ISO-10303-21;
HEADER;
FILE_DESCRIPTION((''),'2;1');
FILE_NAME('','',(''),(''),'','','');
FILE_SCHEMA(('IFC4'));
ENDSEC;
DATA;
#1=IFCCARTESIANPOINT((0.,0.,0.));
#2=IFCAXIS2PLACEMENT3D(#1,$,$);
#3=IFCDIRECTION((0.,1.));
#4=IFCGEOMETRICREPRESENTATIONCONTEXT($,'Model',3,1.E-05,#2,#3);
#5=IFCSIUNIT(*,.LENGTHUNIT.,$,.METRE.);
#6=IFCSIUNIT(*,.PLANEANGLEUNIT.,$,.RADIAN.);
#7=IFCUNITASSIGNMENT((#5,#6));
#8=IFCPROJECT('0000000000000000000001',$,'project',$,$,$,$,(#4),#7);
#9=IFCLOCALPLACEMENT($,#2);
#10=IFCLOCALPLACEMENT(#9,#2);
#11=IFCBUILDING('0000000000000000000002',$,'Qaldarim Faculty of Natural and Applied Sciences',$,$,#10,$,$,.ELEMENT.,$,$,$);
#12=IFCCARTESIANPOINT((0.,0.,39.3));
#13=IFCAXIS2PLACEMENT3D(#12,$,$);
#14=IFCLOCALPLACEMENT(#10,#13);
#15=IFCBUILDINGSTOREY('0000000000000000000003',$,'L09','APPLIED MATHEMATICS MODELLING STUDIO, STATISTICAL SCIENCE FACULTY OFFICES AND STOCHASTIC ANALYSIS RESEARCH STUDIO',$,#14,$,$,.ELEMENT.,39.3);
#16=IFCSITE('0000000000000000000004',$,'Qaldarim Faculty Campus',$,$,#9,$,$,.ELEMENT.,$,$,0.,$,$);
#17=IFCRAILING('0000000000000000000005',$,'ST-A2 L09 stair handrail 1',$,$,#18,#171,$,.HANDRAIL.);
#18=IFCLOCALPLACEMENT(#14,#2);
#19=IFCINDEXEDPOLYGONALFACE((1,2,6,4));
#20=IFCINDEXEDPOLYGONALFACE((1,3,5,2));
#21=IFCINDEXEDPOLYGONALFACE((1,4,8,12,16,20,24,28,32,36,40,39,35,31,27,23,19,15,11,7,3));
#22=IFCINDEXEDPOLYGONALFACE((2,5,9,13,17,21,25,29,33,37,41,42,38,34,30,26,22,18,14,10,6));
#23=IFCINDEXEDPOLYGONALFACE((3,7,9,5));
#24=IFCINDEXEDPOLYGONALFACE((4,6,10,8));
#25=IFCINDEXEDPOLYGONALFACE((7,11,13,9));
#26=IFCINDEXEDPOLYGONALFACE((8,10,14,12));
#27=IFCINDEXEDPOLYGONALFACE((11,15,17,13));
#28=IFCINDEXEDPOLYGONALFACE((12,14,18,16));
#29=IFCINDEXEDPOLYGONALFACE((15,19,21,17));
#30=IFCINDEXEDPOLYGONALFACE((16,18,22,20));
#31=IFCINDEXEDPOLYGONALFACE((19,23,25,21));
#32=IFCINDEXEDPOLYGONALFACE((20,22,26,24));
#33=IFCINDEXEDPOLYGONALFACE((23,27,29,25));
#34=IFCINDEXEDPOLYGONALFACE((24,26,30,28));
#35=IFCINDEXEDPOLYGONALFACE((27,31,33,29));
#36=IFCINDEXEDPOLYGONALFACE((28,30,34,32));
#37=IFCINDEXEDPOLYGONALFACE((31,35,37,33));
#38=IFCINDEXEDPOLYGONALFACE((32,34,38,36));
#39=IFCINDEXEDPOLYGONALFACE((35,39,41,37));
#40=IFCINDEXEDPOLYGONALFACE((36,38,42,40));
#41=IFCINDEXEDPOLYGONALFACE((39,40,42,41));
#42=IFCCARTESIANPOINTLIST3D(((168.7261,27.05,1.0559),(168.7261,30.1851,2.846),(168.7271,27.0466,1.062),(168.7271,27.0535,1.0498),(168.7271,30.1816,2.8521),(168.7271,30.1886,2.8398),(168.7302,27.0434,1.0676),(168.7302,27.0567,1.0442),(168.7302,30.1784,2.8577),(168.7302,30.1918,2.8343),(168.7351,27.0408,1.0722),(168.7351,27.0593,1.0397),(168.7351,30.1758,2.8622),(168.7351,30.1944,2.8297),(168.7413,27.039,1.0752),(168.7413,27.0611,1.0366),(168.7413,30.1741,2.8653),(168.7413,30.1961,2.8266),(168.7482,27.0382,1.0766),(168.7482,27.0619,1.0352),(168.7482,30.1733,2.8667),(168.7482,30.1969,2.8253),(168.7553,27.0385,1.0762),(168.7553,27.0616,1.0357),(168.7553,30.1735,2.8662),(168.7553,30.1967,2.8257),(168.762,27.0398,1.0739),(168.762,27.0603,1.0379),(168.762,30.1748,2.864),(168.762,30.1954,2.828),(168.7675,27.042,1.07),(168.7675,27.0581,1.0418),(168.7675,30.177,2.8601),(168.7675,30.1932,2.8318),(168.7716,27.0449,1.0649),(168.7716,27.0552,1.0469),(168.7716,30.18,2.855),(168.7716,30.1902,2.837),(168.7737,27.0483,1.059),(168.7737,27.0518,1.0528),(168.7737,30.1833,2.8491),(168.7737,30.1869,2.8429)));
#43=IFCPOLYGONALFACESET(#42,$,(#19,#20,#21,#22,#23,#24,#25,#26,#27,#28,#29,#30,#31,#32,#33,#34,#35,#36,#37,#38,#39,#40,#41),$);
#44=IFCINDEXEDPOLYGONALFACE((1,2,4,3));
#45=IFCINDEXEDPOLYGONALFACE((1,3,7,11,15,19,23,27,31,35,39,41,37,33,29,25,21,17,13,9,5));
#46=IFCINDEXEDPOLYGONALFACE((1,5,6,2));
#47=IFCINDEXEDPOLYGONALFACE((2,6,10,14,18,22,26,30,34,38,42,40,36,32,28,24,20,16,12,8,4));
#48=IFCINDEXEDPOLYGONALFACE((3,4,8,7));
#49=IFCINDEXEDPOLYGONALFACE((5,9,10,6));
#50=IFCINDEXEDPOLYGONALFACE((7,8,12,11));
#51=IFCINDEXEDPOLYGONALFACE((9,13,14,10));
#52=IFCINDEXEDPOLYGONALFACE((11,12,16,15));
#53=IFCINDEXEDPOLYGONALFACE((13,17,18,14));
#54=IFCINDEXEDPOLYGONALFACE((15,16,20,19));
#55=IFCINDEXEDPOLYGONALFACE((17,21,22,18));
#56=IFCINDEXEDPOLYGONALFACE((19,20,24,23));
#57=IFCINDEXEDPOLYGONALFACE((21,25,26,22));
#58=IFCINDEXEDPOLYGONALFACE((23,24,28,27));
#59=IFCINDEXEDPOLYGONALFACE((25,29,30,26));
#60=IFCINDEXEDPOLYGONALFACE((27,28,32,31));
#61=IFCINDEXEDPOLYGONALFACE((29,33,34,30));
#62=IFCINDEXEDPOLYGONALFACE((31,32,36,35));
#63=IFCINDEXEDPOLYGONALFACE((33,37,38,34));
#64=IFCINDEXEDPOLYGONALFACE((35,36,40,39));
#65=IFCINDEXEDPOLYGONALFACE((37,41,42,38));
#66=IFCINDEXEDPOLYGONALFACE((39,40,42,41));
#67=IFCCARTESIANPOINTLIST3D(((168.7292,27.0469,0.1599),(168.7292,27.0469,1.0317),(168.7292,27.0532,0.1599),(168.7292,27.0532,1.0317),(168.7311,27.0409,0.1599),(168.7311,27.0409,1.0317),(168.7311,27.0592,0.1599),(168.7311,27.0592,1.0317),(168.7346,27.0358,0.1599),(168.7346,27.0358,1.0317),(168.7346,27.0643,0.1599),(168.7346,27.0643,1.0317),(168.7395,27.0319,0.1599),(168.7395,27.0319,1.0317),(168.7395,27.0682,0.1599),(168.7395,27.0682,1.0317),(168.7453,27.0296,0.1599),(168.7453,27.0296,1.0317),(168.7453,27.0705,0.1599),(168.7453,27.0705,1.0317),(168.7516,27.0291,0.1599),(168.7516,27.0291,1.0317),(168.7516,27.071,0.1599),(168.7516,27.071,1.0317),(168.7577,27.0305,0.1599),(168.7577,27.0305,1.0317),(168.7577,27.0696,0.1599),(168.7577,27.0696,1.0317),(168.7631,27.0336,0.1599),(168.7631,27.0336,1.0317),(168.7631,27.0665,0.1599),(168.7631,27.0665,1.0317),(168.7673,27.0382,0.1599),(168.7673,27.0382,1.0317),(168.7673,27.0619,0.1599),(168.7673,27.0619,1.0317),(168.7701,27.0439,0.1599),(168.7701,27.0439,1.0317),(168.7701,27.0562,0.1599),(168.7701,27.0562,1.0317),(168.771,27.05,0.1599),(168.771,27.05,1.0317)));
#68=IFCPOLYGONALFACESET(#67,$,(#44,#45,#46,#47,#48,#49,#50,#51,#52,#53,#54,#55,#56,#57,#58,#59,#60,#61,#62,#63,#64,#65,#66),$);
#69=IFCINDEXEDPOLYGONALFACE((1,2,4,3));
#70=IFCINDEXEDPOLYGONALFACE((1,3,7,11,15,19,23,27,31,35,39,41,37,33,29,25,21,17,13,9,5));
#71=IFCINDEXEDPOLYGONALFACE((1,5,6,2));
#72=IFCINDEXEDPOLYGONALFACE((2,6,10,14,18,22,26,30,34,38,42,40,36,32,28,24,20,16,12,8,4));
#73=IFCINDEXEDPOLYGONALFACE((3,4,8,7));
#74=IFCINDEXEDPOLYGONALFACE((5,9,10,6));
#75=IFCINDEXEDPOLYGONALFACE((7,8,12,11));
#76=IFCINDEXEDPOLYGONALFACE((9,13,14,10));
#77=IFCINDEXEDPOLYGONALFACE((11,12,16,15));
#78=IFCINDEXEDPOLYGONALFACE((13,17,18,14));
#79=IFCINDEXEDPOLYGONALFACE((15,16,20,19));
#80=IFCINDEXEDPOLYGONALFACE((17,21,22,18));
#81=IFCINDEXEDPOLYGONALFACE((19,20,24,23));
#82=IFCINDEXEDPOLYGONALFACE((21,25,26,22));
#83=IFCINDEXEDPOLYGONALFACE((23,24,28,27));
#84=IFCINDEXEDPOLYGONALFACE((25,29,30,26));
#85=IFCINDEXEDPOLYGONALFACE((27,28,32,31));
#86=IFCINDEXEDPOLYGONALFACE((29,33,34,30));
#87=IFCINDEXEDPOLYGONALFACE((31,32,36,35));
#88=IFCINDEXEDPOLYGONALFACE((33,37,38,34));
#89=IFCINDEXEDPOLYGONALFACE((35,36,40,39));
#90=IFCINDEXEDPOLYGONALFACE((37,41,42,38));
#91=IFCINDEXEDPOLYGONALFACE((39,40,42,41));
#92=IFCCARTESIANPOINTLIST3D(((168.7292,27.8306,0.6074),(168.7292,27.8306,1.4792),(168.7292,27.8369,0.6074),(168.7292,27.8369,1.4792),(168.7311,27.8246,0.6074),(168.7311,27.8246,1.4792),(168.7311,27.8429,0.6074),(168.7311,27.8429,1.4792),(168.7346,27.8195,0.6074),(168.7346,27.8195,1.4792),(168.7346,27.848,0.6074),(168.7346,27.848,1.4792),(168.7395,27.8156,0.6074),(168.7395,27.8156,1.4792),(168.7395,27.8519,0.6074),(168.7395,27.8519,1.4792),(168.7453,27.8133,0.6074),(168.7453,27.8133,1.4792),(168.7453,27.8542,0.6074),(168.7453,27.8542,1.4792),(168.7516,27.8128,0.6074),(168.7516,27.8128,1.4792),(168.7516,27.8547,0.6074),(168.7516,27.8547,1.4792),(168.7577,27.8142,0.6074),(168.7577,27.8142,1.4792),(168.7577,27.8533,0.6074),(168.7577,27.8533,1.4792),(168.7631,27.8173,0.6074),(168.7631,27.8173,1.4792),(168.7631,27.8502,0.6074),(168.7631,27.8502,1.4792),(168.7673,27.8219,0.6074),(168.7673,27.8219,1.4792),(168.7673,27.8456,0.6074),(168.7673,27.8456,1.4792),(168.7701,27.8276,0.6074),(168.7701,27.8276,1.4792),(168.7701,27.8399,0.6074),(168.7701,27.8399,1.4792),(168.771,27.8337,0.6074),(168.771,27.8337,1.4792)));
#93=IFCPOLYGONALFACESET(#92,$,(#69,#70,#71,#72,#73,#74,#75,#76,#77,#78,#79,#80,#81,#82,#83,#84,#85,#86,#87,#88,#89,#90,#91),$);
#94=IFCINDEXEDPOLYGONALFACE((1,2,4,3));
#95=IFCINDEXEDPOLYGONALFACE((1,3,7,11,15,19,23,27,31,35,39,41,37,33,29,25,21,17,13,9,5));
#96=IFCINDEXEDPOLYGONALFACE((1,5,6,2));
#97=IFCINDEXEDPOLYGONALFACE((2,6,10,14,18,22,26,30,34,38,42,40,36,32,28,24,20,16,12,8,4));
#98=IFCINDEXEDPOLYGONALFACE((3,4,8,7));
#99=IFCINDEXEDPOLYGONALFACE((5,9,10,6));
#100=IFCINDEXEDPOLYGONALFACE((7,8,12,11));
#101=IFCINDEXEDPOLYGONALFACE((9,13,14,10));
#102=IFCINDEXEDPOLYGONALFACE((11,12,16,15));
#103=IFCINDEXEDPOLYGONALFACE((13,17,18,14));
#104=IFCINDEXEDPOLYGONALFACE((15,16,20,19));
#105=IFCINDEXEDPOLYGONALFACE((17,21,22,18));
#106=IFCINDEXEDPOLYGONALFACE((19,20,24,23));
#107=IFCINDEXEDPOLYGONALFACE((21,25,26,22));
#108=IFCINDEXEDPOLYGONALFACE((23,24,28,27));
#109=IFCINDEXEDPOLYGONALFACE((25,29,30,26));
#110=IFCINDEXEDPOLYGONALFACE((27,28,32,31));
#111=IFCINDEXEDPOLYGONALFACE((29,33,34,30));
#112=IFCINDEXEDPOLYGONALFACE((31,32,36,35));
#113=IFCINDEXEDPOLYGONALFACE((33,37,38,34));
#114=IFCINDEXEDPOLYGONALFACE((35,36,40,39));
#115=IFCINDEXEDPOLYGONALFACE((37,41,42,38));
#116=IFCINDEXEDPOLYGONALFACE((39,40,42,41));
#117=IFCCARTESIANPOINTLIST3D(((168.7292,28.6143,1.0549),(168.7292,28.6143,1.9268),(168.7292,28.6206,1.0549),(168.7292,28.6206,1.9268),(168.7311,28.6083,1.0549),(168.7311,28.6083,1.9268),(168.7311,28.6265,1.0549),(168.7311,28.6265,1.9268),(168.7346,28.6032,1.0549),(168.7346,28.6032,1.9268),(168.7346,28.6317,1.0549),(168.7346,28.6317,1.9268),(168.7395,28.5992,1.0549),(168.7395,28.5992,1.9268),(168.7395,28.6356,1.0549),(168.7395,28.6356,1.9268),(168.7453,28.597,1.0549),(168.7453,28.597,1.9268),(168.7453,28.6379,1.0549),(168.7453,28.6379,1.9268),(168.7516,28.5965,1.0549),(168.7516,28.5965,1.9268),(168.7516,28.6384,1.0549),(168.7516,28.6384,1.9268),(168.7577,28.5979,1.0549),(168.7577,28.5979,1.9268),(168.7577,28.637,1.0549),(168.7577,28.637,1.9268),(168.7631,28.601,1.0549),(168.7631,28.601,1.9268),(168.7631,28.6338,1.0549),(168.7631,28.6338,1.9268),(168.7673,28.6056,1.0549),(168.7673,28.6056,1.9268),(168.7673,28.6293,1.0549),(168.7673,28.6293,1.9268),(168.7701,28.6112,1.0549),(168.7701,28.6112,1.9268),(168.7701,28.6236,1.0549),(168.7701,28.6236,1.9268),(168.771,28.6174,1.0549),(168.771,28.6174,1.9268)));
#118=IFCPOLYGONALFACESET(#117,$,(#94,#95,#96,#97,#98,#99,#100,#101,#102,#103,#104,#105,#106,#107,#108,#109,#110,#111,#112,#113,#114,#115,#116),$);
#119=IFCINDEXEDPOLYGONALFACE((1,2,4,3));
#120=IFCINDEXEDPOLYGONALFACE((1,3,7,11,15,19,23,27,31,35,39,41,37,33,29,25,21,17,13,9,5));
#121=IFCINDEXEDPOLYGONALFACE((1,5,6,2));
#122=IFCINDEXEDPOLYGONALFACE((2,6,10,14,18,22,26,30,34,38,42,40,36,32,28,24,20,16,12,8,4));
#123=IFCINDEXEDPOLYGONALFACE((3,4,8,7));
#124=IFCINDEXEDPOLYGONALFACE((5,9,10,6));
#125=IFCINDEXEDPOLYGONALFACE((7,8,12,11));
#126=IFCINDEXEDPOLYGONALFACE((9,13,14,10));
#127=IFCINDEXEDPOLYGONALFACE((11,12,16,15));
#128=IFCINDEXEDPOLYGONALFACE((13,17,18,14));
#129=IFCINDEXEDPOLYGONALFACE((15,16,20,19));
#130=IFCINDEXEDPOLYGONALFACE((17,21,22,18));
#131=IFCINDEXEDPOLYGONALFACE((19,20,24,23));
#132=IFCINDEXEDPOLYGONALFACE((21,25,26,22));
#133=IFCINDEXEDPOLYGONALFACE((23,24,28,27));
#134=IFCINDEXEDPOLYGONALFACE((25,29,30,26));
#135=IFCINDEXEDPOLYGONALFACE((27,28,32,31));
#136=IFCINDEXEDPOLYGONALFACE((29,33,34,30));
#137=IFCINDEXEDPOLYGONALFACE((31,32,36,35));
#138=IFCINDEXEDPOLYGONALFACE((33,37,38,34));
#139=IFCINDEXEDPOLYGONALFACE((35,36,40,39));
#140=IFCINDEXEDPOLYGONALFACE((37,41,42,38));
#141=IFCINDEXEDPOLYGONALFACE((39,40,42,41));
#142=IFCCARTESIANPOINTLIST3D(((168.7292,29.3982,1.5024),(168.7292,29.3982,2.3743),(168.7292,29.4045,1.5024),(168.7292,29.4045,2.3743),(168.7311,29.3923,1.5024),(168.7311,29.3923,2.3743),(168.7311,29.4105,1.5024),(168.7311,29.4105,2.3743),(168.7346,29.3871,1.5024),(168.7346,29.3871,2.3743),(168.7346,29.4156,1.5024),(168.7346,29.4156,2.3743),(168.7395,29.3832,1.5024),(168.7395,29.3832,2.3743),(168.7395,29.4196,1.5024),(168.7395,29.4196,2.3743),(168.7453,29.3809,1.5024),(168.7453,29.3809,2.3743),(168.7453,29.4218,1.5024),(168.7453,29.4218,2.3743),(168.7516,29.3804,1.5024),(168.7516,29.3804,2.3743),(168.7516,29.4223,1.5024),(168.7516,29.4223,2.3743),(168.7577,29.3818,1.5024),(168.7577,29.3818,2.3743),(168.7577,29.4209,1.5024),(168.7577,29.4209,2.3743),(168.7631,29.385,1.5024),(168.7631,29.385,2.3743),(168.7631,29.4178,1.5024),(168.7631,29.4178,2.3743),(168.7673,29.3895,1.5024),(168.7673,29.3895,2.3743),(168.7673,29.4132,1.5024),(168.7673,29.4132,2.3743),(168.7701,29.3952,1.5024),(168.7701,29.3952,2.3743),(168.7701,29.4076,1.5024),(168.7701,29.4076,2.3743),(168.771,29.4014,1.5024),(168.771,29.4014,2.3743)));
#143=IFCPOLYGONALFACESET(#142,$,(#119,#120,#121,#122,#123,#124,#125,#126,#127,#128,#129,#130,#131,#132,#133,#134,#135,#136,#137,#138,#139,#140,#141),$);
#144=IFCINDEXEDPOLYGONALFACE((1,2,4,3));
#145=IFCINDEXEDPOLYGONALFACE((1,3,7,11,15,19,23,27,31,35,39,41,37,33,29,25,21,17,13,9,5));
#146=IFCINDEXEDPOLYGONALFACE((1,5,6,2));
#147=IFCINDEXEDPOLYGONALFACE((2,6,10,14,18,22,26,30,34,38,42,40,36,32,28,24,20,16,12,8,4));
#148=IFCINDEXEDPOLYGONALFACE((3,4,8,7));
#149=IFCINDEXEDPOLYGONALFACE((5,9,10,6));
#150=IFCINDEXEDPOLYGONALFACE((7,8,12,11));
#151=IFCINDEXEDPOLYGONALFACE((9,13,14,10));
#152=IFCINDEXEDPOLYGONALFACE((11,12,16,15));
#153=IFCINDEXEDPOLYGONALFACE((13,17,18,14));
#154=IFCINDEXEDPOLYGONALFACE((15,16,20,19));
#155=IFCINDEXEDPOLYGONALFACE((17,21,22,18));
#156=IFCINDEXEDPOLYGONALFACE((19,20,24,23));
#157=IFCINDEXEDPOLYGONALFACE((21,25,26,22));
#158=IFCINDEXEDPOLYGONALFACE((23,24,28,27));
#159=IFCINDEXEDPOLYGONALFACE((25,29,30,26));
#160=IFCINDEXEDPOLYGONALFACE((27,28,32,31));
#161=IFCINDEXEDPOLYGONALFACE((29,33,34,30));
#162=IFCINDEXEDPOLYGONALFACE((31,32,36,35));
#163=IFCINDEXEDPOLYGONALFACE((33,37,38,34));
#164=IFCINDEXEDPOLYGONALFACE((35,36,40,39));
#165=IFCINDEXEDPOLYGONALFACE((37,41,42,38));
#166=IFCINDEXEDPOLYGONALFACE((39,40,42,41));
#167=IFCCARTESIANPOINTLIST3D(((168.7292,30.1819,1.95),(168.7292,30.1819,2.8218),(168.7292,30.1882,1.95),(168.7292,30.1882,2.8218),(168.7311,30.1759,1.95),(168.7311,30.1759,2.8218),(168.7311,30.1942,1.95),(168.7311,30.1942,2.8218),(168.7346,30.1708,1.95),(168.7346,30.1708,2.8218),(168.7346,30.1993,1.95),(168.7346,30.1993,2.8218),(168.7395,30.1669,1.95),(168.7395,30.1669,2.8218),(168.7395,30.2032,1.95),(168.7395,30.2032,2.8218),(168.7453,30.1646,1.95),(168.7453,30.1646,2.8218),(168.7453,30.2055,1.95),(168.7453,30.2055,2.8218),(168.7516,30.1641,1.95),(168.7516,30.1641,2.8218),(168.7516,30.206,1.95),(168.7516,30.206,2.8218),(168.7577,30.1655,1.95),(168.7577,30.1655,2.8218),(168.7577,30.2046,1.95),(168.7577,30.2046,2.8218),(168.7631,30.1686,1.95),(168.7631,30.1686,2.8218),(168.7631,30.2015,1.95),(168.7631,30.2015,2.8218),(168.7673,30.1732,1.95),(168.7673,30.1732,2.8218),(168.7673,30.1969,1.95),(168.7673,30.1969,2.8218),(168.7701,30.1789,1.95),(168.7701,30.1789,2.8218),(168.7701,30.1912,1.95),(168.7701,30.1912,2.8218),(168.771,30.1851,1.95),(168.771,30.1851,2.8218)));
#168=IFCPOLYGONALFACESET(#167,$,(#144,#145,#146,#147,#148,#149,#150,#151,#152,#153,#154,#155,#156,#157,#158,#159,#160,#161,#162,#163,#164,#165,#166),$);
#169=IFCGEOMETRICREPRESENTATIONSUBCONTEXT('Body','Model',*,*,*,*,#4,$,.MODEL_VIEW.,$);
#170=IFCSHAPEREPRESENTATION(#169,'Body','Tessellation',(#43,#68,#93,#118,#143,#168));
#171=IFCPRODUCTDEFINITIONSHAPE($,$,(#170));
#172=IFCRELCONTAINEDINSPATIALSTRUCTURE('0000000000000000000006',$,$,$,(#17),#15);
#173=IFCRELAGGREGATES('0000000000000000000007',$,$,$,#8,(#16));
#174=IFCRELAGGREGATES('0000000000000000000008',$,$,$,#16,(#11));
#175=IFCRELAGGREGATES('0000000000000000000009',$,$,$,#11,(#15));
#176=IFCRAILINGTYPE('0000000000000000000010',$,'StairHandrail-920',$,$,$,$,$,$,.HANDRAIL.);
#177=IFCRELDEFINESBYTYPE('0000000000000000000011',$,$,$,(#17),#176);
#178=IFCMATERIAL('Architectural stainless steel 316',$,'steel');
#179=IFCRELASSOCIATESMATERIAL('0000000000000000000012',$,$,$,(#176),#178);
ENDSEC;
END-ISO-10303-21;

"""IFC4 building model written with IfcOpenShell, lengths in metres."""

from ifc_helpers import new_model, si_unit, direction, frame, origin, origin_2d, place, context, subcontext, project, spatial, circle, extrude, material, type_object, element, save


model = new_model("IFC4")

# Units and contexts
model_context = context("Model", 3, precision=1e-05, world=origin(), true_north=direction((0.0, 1.0)))
body_context = subcontext(model_context, "Body", "Model", "MODEL_VIEW")
ifc_project = project(units=[si_unit("LENGTHUNIT", "METRE"), si_unit("PLANEANGLEUNIT", "RADIAN")], contexts=[model_context])

# Site, building, storey
site_placement = place(None, origin())
site = spatial("IfcSite", under=ifc_project, at=site_placement, Name="Qaldarim Faculty Campus", CompositionType="ELEMENT", RefElevation=0.0)
building_placement = place(site_placement, origin())
building = spatial("IfcBuilding", under=site, at=building_placement, Name="Qaldarim Faculty of Natural and Applied Sciences", CompositionType="ELEMENT")
storey_placement = place(building_placement, frame((0.0, 0.0, 39.3)))
storey = spatial("IfcBuildingStorey", under=building, at=storey_placement, Name="L09", Description="APPLIED MATHEMATICS MODELLING STUDIO, STATISTICAL SCIENCE FACULTY OFFICES AND STOCHASTIC ANALYSIS RESEARCH STUDIO", CompositionType="ELEMENT", Elevation=39.3)

# Shared definitions
ifc_material_1 = material(Name="Architectural stainless steel 316", Category="steel")

# Railing
railing_type_1 = type_object("IfcRailingType", Name="StairHandrail-920", PredefinedType="HANDRAIL", material=ifc_material_1)
railing_1_placement = place(storey_placement, frame((168.75, 27.05, 0.1599)))
element("IfcRailing", 1, at=railing_1_placement, inside=storey, type_object=railing_type_1, Name="ST-A2 L09 stair handrail 1", PredefinedType="HANDRAIL", context=body_context, shape_type="SweptSolid", body=[
    extrude(circle(Radius=0.0239, at=origin_2d()), frame((0.0, 0.0, 0.896), z_axis=(0.0, 0.86841, 0.495848), x_axis=(-1.0, 0.0, 0.0)), (0.0, 0.0, 1.0), 3.6101),
    extrude(circle(Radius=0.021, at=origin_2d()), origin(), (0.0, 0.0, 1.0), 0.8718),
    extrude(circle(Radius=0.021, at=origin_2d()), frame((0.0, 0.7837, 0.4475)), (0.0, 0.0, 1.0), 0.8718),
    extrude(circle(Radius=0.021, at=origin_2d()), frame((0.0, 1.5674, 0.895)), (0.0, 0.0, 1.0), 0.8718),
    extrude(circle(Radius=0.021, at=origin_2d()), frame((0.0, 2.3513, 1.3425)), (0.0, 0.0, 1.0), 0.8718),
    extrude(circle(Radius=0.021, at=origin_2d()), frame((0.0, 3.135, 1.79)), (0.0, 0.0, 1.0), 0.8718),
])

save(model, "model.ifc")
